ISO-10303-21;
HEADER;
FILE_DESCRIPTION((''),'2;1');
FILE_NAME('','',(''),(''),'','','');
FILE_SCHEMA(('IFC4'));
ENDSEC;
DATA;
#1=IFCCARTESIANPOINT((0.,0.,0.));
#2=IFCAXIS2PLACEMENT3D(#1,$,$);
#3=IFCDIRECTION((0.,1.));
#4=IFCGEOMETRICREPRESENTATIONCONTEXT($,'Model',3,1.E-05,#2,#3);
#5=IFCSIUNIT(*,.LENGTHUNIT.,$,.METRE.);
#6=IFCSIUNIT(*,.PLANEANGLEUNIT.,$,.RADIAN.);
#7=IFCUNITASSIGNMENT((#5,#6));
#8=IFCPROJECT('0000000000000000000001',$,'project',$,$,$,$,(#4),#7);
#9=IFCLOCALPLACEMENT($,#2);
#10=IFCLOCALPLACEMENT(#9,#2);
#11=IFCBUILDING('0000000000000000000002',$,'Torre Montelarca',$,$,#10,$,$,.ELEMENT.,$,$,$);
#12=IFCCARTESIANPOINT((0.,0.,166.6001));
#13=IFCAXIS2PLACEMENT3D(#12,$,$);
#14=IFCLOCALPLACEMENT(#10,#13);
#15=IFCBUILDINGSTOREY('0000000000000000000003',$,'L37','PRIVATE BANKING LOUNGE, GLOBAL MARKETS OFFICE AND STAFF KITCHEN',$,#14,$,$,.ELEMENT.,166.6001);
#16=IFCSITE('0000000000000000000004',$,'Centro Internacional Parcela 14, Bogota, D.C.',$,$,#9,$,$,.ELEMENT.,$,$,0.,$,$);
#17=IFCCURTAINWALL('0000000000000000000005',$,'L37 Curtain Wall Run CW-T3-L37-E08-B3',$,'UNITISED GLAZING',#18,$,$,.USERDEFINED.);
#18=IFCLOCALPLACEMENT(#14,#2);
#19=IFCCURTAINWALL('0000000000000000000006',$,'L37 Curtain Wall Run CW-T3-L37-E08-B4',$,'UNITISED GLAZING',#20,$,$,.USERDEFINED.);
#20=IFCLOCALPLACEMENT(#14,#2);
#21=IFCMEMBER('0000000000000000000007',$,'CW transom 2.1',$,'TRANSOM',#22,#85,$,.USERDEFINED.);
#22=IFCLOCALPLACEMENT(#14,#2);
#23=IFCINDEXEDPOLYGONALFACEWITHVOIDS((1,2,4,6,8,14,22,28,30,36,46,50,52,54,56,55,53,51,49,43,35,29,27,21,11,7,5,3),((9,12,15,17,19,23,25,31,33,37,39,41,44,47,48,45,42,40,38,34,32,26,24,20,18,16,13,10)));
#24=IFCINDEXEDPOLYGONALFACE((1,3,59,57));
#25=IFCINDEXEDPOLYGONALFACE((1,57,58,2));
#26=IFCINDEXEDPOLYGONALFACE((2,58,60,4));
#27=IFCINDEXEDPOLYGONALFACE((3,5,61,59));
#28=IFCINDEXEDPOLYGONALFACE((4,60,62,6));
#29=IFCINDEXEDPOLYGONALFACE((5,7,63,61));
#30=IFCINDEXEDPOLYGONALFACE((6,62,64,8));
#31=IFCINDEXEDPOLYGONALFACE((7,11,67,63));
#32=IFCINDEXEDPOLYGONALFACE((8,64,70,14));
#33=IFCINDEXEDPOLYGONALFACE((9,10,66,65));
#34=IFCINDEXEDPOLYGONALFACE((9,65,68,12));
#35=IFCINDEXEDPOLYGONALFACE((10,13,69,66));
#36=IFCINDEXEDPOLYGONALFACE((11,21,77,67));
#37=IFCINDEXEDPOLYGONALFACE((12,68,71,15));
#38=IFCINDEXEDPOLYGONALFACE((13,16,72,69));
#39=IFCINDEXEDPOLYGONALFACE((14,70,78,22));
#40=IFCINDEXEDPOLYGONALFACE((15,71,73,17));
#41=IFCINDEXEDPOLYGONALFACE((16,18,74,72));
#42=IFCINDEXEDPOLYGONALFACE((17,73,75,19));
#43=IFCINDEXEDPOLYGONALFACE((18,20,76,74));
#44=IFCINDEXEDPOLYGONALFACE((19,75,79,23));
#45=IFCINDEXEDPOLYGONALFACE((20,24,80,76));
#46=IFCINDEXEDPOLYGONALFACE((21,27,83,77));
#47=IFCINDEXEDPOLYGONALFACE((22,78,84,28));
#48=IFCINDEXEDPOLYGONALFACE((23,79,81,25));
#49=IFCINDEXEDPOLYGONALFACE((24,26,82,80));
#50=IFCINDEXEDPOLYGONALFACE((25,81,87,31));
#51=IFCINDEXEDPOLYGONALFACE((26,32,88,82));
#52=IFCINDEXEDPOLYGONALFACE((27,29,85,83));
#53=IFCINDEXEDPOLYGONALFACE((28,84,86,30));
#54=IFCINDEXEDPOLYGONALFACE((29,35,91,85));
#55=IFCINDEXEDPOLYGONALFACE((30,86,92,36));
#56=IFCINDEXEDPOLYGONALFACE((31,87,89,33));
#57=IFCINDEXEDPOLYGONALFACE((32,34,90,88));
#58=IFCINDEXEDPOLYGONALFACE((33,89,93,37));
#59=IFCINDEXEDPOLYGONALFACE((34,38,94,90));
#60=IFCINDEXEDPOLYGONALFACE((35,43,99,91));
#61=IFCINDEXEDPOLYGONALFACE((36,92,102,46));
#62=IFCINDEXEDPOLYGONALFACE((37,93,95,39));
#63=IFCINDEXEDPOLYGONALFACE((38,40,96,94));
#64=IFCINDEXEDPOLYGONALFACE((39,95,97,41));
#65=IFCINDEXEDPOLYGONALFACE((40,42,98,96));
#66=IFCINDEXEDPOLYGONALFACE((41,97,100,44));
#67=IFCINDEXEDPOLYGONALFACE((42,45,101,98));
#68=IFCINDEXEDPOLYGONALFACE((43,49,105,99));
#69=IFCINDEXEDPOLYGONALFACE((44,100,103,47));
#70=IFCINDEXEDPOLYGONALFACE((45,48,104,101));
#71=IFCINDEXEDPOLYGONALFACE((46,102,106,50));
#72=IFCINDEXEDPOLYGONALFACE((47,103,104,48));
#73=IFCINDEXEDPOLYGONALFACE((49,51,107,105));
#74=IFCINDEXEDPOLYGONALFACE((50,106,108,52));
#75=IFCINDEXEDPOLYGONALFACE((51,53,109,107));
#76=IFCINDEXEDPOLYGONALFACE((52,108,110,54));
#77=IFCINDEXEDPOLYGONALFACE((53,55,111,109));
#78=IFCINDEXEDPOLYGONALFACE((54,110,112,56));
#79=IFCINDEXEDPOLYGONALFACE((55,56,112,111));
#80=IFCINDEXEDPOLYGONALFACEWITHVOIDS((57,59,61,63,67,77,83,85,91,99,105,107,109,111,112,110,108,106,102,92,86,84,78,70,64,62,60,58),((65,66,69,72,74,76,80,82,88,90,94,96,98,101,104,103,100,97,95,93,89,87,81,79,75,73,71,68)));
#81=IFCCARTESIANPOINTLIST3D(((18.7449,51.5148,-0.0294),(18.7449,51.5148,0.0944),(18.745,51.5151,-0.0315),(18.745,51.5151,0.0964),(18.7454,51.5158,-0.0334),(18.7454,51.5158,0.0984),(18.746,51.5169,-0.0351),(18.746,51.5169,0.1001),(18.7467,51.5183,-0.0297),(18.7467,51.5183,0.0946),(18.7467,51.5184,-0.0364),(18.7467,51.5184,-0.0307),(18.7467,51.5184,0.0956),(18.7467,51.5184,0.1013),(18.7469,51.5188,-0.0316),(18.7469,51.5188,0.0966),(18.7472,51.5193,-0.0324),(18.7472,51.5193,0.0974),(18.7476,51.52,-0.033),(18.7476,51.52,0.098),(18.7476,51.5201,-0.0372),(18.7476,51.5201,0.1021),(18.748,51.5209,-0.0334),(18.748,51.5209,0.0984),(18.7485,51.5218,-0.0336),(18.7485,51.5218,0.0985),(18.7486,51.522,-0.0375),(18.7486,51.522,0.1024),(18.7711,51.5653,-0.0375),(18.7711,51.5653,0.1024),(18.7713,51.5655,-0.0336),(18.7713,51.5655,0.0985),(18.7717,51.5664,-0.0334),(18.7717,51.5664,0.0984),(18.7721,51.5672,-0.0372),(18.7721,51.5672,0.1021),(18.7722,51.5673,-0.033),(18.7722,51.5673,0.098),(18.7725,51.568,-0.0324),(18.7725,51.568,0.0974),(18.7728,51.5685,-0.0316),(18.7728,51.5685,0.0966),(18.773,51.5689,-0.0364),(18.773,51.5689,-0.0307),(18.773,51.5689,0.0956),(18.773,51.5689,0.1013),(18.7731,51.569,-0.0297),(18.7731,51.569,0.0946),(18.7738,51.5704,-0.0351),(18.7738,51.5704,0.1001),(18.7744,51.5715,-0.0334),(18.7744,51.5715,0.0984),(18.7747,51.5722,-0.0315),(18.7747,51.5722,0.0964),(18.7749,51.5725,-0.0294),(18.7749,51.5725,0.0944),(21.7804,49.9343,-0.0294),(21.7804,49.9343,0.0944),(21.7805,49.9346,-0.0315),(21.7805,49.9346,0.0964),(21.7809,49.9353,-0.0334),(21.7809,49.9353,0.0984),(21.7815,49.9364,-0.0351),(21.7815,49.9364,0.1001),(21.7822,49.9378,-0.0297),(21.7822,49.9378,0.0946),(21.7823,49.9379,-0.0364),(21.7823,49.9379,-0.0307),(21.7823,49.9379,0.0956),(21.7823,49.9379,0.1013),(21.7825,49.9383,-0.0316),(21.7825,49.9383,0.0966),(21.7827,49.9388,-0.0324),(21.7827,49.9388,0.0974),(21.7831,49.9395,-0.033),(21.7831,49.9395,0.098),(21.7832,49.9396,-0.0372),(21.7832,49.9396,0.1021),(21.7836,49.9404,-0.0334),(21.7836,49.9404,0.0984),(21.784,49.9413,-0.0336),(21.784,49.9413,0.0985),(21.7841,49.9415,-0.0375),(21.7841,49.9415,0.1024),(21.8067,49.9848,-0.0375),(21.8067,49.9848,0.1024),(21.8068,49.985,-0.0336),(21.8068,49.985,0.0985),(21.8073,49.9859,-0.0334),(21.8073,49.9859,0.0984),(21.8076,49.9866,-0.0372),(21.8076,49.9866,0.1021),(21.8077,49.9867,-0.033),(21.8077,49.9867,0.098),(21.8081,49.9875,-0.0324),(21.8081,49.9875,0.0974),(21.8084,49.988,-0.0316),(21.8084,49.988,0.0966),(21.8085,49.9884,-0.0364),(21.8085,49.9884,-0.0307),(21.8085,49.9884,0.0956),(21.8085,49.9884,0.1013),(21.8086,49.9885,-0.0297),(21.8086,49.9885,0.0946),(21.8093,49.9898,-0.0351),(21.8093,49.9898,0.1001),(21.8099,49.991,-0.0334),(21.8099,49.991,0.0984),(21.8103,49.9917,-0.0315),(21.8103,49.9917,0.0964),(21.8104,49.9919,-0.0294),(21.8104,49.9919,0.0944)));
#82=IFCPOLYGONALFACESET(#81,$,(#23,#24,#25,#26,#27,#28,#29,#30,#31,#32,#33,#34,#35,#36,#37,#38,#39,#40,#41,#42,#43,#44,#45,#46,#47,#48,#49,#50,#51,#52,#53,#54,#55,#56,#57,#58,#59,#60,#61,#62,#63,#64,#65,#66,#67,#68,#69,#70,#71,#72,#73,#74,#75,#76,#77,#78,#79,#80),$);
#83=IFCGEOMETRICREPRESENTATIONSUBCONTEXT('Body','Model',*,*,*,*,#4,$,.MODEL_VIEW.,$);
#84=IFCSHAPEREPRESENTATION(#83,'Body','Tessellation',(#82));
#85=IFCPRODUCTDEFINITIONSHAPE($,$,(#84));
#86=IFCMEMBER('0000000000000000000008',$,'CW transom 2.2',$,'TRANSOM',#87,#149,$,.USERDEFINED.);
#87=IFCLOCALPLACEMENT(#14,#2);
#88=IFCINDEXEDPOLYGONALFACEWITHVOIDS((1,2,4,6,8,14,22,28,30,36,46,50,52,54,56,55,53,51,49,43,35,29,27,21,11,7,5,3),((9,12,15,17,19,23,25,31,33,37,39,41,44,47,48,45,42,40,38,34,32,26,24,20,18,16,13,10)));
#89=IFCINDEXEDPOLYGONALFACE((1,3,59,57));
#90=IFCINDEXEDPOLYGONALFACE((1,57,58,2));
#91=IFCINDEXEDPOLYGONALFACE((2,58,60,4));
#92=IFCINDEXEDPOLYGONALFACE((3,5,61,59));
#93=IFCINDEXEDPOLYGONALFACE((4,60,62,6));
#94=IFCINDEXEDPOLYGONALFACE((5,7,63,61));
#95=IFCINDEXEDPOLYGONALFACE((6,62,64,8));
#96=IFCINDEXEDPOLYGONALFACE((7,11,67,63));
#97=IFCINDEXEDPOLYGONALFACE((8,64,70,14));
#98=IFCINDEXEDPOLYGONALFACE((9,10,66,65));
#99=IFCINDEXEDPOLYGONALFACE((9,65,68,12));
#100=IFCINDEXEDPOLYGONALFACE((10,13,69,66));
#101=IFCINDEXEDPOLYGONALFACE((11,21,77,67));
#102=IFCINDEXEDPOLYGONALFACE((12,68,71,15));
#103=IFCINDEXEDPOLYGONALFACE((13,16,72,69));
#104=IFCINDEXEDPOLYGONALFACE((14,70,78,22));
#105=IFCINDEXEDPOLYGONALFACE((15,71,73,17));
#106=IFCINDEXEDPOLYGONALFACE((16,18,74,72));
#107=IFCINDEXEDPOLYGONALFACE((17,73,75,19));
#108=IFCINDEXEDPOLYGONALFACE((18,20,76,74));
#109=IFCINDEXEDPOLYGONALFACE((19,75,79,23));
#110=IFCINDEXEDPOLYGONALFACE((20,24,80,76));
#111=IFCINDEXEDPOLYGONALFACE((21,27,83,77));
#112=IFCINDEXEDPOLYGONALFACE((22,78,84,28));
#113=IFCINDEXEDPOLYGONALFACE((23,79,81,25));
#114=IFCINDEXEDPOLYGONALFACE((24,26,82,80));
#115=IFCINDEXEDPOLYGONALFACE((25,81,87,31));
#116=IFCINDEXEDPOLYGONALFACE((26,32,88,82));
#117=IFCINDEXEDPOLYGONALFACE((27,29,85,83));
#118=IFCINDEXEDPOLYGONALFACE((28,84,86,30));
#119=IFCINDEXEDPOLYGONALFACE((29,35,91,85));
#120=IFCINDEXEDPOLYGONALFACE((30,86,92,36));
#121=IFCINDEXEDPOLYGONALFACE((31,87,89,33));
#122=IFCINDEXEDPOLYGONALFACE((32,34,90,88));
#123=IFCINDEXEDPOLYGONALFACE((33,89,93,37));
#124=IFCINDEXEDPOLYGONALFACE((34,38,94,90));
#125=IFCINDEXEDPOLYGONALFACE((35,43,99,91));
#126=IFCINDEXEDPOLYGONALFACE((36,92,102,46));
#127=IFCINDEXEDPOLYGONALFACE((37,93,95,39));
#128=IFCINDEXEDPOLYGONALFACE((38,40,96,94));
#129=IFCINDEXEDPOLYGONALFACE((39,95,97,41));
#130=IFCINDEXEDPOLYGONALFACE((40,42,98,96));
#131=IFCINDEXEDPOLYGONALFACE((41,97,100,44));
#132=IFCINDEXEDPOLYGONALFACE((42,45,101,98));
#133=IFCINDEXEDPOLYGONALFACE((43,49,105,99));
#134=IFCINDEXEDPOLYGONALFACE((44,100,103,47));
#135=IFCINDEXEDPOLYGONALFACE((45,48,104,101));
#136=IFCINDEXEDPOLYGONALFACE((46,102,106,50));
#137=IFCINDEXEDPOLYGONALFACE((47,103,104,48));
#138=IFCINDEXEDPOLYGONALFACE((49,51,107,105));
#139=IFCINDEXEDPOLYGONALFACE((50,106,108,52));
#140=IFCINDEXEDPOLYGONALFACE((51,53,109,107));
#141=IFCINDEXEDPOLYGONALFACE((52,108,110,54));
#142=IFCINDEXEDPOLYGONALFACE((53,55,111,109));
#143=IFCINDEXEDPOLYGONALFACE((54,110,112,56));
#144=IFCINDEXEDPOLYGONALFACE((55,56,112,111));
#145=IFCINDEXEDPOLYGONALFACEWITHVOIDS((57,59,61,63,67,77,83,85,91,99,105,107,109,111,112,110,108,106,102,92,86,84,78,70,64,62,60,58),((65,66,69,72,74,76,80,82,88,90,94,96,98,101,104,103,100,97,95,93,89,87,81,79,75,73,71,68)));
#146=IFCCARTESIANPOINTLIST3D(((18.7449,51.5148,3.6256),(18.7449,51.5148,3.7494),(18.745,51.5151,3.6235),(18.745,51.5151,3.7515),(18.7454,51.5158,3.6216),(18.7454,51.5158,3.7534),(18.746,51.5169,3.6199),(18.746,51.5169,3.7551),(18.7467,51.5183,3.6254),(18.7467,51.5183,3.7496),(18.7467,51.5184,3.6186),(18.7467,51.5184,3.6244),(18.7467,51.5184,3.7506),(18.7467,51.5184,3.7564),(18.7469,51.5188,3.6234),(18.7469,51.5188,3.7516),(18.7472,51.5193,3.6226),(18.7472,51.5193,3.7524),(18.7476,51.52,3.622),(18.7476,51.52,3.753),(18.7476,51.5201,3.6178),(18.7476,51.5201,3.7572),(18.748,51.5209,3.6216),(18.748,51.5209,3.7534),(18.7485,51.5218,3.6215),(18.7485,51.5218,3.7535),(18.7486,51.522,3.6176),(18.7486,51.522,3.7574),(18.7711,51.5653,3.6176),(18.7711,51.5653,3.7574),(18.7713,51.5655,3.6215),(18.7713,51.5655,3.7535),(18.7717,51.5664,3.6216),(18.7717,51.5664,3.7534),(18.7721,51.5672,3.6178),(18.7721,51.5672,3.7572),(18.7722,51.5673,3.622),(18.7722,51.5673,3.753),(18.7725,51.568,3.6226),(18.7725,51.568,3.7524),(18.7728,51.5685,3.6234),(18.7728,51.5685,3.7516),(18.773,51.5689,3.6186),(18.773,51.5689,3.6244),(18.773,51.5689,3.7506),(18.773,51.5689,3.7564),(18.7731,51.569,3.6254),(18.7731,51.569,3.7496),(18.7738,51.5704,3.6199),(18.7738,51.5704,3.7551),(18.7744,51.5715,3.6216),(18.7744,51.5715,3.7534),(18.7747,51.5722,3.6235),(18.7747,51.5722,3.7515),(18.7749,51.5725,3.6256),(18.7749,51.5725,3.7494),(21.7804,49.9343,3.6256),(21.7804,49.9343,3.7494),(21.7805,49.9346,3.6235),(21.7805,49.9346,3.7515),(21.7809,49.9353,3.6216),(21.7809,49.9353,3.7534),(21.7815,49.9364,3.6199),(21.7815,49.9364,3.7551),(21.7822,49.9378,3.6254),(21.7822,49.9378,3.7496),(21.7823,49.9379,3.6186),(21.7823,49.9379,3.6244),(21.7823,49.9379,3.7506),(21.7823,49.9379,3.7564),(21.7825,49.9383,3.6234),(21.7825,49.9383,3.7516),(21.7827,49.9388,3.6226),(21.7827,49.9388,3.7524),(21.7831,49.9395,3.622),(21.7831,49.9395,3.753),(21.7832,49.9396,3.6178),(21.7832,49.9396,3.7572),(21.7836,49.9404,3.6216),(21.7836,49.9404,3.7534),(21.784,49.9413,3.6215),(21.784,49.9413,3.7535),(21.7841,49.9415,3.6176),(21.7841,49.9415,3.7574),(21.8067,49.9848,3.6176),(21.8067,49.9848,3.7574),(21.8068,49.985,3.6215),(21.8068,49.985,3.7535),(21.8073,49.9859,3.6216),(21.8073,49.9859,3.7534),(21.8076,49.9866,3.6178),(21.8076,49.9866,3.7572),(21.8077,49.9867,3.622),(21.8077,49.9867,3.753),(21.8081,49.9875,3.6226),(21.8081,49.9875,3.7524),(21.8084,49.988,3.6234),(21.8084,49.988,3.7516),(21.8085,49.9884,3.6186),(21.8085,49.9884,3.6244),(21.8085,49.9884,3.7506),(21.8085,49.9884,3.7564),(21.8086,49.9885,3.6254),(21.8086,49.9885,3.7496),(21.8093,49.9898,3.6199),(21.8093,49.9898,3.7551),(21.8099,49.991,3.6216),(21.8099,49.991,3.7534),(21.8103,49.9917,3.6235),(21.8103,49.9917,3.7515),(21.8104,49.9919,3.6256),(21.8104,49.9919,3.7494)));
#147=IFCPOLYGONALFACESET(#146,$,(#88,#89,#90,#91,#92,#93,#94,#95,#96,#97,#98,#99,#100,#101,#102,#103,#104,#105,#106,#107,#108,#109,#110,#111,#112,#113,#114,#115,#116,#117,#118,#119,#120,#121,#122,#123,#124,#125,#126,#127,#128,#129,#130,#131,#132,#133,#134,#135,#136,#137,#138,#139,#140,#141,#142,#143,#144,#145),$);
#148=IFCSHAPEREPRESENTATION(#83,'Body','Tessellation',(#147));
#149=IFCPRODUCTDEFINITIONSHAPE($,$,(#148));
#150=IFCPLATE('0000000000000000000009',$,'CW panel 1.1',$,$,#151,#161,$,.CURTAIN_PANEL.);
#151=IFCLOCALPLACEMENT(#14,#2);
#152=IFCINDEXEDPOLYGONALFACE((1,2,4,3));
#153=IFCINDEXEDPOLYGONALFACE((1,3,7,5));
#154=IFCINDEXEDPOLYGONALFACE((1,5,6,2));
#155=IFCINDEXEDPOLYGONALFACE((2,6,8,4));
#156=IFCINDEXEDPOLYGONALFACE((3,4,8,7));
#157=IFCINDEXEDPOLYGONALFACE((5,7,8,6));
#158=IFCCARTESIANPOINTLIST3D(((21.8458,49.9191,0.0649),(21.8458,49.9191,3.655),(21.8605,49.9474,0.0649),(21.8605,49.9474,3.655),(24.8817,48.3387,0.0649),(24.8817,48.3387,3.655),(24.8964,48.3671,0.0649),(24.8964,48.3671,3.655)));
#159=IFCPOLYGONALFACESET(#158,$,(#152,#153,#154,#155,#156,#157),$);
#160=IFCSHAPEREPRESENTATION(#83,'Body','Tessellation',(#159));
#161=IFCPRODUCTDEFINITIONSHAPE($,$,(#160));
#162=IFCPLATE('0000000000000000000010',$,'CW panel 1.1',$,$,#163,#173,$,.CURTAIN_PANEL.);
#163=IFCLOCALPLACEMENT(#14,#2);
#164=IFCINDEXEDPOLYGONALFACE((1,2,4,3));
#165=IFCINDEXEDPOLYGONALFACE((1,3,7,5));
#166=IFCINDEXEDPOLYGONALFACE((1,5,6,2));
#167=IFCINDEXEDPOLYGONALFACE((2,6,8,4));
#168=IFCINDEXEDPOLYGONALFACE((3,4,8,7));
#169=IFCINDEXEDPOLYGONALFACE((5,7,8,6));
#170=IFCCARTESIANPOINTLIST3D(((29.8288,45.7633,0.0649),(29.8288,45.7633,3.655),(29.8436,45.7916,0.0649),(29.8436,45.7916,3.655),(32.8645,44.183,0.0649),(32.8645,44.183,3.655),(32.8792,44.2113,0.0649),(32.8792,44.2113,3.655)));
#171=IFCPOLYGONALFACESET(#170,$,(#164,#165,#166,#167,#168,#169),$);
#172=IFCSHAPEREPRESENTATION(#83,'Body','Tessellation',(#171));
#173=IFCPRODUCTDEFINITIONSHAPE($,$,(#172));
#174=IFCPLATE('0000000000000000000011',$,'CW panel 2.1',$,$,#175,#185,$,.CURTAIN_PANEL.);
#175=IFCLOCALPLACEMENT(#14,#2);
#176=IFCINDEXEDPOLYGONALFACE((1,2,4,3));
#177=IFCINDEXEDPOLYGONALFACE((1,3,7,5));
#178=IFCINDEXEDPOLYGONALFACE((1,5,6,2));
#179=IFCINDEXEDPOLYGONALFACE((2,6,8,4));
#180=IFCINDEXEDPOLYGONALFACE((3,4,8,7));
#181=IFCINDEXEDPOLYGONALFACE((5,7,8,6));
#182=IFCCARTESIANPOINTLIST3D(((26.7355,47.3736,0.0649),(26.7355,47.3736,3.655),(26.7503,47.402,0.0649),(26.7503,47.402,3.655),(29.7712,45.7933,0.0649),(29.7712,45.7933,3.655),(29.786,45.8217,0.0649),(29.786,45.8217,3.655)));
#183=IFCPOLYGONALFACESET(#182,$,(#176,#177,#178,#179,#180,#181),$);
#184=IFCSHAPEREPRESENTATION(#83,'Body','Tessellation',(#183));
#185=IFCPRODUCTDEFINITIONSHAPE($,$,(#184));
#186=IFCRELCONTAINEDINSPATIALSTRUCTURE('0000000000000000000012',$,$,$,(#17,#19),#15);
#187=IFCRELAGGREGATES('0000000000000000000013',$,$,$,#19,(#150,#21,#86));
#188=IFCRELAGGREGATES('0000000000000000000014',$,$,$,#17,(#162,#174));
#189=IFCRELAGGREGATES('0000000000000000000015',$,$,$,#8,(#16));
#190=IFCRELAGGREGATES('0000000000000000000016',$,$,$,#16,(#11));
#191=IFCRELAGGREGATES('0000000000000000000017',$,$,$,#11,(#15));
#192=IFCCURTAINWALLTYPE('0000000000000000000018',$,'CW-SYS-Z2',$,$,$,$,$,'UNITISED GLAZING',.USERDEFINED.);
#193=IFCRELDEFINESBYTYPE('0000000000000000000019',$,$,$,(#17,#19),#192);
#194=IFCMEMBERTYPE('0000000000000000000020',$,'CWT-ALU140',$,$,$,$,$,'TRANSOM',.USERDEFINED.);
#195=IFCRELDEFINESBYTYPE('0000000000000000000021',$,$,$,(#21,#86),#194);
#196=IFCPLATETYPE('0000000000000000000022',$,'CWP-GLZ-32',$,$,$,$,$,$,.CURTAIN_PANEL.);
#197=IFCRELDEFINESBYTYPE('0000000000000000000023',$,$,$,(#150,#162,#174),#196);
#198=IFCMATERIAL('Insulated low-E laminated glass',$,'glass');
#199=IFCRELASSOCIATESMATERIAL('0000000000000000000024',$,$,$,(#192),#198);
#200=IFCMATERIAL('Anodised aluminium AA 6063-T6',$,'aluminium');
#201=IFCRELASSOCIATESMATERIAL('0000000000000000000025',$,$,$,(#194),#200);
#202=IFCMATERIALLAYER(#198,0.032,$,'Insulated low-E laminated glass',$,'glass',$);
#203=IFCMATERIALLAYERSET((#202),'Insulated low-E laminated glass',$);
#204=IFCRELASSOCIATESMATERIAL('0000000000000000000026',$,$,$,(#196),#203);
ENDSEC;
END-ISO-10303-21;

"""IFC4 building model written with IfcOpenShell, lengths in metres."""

from ifc_helpers import new_model, si_unit, direction, frame, origin, origin_2d, place, context, subcontext, project, spatial, rectangle, hollow_rectangle, extrude, source, transform, mapped, material, layer, layer_set, material_profile, profile_set, type_object, element, aggregate, save


model = new_model("IFC4")

# Units and contexts
model_context = context("Model", 3, precision=1e-05, world=origin(), true_north=direction((0.0, 1.0)))
body_context = subcontext(model_context, "Body", "Model", "MODEL_VIEW")
ifc_project = project(units=[si_unit("LENGTHUNIT", "METRE"), si_unit("PLANEANGLEUNIT", "RADIAN")], contexts=[model_context])

# Site, building, storey
site_placement = place(None, origin())
site = spatial("IfcSite", under=ifc_project, at=site_placement, Name="Centro Internacional Parcela 14, Bogota, D.C.", CompositionType="ELEMENT", RefElevation=0.0)
building_placement = place(site_placement, origin())
building = spatial("IfcBuilding", under=site, at=building_placement, Name="Torre Montelarca", CompositionType="ELEMENT")
storey_placement = place(building_placement, frame((0.0, 0.0, 166.6001)))
storey = spatial("IfcBuildingStorey", under=building, at=storey_placement, Name="L37", Description="PRIVATE BANKING LOUNGE, GLOBAL MARKETS OFFICE AND STAFF KITCHEN", CompositionType="ELEMENT", Elevation=166.6001)

# Curtain walls
ifc_material_1 = material(Name="Insulated low-E laminated glass", Category="glass")
curtain_wall_type = type_object("IfcCurtainWallType", Name="CW-SYS-Z2", ElementType="UNITISED GLAZING", PredefinedType="USERDEFINED", material=ifc_material_1)
curtain_wall_1_placement = place(storey_placement, origin())
curtain_wall_1 = element("IfcCurtainWall", 1, at=curtain_wall_1_placement, inside=storey, type_object=curtain_wall_type, Name="L37 Curtain Wall Run CW-T3-L37-E08-B3", ObjectType="UNITISED GLAZING", PredefinedType="USERDEFINED")
ifc_material_2 = material(Name="Anodised aluminium AA 6063-T6", Category="aluminium")
curtain_wall_2_placement = place(storey_placement, origin())
curtain_wall_2 = element("IfcCurtainWall", 2, at=curtain_wall_2_placement, inside=storey, type_object=curtain_wall_type, Name="L37 Curtain Wall Run CW-T3-L37-E08-B4", ObjectType="UNITISED GLAZING", PredefinedType="USERDEFINED")

# Members
ifc_material_profile_1 = material_profile(ifc_material_2, hollow_rectangle(XDim=0.0649, YDim=0.1399, WallThickness=0.0039, InnerFilletRadius=0.0039, OuterFilletRadius=0.0081, at=origin_2d()), Name="ALU65X140X4", Category="aluminium")
ifc_profile_set_1 = profile_set([ifc_material_profile_1], Name="Anodised aluminium AA 6063-T6")
member_type_1 = type_object("IfcMemberType", Name="CWT-ALU140", ElementType="TRANSOM", PredefinedType="USERDEFINED", material=ifc_profile_set_1)
shared_shape_1 = source(origin(), body_context, "Body", "SweptSolid", [
    extrude(hollow_rectangle(XDim=0.0649, YDim=0.1399, WallThickness=0.0039, InnerFilletRadius=0.0039, OuterFilletRadius=0.0081, at=origin_2d()), origin(), (0.0, 0.0, 1.0), 3.4224),
])
member_1_placement = place(storey_placement, frame((21.7954, 49.9631, 0.0325), z_axis=(-0.886974, 0.46182, 0.0), x_axis=(-0.46182, -0.886974, 0.0)))
member_1 = element("IfcMember", 3, at=member_1_placement, type_object=member_type_1, Name="CW transom 2.1", ObjectType="TRANSOM", PredefinedType="USERDEFINED", context=body_context, shape_type="MappedRepresentation", body=[
    mapped(shared_shape_1, transform((0.0, 0.0, 0.0), scale=1.0)),
])
member_2_placement = place(storey_placement, frame((21.7954, 49.9631, 3.6875), z_axis=(-0.886974, 0.46182, 0.0), x_axis=(-0.46182, -0.886974, 0.0)))
member_2 = element("IfcMember", 4, at=member_2_placement, type_object=member_type_1, Name="CW transom 2.2", ObjectType="TRANSOM", PredefinedType="USERDEFINED", context=body_context, shape_type="MappedRepresentation", body=[
    mapped(shared_shape_1, transform((0.0, 0.0, 0.0), scale=1.0)),
])

# Plates
ifc_layer_1 = layer(ifc_material_1, 0.032, Name="Insulated low-E laminated glass", Category="glass")
ifc_layer_set_1 = layer_set([ifc_layer_1], Name="Insulated low-E laminated glass")
plate_type = type_object("IfcPlateType", Name="CWP-GLZ-32", PredefinedType="CURTAIN_PANEL", material=ifc_layer_set_1)
shared_shape_2 = source(origin(), body_context, "Body", "SweptSolid", [
    extrude(rectangle(XDim=3.4226, YDim=0.032, at=origin_2d()), origin(), (0.0, 0.0, 1.0), 3.5901),
])
plate_1_placement = place(storey_placement, frame((23.3711, 49.1431, 0.0649), z_axis=(0.0, 0.0, 1.0), x_axis=(-0.887013, 0.461745, 0.0)))
plate_1 = element("IfcPlate", 5, at=plate_1_placement, type_object=plate_type, Name="CW panel 1.1", PredefinedType="CURTAIN_PANEL", context=body_context, shape_type="MappedRepresentation", body=[
    mapped(shared_shape_2, transform((0.0, 0.0, 0.0), scale=1.0)),
])
aggregate(curtain_wall_2, [plate_1, member_1, member_2])
shared_shape_3 = source(origin(), body_context, "Body", "SweptSolid", [
    extrude(rectangle(XDim=3.4224, YDim=0.032, at=origin_2d()), origin(), (0.0, 0.0, 1.0), 3.5901),
])
plate_2_placement = place(storey_placement, frame((31.354, 44.9873, 0.0649), z_axis=(0.0, 0.0, 1.0), x_axis=(-0.88701, 0.461751, 0.0)))
plate_2 = element("IfcPlate", 6, at=plate_2_placement, type_object=plate_type, Name="CW panel 1.1", PredefinedType="CURTAIN_PANEL", context=body_context, shape_type="MappedRepresentation", body=[
    mapped(shared_shape_3, transform((0.0, 0.0, 0.0), scale=1.0)),
])
plate_3_placement = place(storey_placement, frame((28.2607, 46.5977, 0.0649), z_axis=(0.0, 0.0, 1.0), x_axis=(-0.88701, 0.461751, 0.0)))
plate_3 = element("IfcPlate", 7, at=plate_3_placement, type_object=plate_type, Name="CW panel 2.1", PredefinedType="CURTAIN_PANEL", context=body_context, shape_type="MappedRepresentation", body=[
    mapped(shared_shape_3, transform((0.0, 0.0, 0.0), scale=1.0)),
])
aggregate(curtain_wall_1, [plate_2, plate_3])

save(model, "model.ifc")
